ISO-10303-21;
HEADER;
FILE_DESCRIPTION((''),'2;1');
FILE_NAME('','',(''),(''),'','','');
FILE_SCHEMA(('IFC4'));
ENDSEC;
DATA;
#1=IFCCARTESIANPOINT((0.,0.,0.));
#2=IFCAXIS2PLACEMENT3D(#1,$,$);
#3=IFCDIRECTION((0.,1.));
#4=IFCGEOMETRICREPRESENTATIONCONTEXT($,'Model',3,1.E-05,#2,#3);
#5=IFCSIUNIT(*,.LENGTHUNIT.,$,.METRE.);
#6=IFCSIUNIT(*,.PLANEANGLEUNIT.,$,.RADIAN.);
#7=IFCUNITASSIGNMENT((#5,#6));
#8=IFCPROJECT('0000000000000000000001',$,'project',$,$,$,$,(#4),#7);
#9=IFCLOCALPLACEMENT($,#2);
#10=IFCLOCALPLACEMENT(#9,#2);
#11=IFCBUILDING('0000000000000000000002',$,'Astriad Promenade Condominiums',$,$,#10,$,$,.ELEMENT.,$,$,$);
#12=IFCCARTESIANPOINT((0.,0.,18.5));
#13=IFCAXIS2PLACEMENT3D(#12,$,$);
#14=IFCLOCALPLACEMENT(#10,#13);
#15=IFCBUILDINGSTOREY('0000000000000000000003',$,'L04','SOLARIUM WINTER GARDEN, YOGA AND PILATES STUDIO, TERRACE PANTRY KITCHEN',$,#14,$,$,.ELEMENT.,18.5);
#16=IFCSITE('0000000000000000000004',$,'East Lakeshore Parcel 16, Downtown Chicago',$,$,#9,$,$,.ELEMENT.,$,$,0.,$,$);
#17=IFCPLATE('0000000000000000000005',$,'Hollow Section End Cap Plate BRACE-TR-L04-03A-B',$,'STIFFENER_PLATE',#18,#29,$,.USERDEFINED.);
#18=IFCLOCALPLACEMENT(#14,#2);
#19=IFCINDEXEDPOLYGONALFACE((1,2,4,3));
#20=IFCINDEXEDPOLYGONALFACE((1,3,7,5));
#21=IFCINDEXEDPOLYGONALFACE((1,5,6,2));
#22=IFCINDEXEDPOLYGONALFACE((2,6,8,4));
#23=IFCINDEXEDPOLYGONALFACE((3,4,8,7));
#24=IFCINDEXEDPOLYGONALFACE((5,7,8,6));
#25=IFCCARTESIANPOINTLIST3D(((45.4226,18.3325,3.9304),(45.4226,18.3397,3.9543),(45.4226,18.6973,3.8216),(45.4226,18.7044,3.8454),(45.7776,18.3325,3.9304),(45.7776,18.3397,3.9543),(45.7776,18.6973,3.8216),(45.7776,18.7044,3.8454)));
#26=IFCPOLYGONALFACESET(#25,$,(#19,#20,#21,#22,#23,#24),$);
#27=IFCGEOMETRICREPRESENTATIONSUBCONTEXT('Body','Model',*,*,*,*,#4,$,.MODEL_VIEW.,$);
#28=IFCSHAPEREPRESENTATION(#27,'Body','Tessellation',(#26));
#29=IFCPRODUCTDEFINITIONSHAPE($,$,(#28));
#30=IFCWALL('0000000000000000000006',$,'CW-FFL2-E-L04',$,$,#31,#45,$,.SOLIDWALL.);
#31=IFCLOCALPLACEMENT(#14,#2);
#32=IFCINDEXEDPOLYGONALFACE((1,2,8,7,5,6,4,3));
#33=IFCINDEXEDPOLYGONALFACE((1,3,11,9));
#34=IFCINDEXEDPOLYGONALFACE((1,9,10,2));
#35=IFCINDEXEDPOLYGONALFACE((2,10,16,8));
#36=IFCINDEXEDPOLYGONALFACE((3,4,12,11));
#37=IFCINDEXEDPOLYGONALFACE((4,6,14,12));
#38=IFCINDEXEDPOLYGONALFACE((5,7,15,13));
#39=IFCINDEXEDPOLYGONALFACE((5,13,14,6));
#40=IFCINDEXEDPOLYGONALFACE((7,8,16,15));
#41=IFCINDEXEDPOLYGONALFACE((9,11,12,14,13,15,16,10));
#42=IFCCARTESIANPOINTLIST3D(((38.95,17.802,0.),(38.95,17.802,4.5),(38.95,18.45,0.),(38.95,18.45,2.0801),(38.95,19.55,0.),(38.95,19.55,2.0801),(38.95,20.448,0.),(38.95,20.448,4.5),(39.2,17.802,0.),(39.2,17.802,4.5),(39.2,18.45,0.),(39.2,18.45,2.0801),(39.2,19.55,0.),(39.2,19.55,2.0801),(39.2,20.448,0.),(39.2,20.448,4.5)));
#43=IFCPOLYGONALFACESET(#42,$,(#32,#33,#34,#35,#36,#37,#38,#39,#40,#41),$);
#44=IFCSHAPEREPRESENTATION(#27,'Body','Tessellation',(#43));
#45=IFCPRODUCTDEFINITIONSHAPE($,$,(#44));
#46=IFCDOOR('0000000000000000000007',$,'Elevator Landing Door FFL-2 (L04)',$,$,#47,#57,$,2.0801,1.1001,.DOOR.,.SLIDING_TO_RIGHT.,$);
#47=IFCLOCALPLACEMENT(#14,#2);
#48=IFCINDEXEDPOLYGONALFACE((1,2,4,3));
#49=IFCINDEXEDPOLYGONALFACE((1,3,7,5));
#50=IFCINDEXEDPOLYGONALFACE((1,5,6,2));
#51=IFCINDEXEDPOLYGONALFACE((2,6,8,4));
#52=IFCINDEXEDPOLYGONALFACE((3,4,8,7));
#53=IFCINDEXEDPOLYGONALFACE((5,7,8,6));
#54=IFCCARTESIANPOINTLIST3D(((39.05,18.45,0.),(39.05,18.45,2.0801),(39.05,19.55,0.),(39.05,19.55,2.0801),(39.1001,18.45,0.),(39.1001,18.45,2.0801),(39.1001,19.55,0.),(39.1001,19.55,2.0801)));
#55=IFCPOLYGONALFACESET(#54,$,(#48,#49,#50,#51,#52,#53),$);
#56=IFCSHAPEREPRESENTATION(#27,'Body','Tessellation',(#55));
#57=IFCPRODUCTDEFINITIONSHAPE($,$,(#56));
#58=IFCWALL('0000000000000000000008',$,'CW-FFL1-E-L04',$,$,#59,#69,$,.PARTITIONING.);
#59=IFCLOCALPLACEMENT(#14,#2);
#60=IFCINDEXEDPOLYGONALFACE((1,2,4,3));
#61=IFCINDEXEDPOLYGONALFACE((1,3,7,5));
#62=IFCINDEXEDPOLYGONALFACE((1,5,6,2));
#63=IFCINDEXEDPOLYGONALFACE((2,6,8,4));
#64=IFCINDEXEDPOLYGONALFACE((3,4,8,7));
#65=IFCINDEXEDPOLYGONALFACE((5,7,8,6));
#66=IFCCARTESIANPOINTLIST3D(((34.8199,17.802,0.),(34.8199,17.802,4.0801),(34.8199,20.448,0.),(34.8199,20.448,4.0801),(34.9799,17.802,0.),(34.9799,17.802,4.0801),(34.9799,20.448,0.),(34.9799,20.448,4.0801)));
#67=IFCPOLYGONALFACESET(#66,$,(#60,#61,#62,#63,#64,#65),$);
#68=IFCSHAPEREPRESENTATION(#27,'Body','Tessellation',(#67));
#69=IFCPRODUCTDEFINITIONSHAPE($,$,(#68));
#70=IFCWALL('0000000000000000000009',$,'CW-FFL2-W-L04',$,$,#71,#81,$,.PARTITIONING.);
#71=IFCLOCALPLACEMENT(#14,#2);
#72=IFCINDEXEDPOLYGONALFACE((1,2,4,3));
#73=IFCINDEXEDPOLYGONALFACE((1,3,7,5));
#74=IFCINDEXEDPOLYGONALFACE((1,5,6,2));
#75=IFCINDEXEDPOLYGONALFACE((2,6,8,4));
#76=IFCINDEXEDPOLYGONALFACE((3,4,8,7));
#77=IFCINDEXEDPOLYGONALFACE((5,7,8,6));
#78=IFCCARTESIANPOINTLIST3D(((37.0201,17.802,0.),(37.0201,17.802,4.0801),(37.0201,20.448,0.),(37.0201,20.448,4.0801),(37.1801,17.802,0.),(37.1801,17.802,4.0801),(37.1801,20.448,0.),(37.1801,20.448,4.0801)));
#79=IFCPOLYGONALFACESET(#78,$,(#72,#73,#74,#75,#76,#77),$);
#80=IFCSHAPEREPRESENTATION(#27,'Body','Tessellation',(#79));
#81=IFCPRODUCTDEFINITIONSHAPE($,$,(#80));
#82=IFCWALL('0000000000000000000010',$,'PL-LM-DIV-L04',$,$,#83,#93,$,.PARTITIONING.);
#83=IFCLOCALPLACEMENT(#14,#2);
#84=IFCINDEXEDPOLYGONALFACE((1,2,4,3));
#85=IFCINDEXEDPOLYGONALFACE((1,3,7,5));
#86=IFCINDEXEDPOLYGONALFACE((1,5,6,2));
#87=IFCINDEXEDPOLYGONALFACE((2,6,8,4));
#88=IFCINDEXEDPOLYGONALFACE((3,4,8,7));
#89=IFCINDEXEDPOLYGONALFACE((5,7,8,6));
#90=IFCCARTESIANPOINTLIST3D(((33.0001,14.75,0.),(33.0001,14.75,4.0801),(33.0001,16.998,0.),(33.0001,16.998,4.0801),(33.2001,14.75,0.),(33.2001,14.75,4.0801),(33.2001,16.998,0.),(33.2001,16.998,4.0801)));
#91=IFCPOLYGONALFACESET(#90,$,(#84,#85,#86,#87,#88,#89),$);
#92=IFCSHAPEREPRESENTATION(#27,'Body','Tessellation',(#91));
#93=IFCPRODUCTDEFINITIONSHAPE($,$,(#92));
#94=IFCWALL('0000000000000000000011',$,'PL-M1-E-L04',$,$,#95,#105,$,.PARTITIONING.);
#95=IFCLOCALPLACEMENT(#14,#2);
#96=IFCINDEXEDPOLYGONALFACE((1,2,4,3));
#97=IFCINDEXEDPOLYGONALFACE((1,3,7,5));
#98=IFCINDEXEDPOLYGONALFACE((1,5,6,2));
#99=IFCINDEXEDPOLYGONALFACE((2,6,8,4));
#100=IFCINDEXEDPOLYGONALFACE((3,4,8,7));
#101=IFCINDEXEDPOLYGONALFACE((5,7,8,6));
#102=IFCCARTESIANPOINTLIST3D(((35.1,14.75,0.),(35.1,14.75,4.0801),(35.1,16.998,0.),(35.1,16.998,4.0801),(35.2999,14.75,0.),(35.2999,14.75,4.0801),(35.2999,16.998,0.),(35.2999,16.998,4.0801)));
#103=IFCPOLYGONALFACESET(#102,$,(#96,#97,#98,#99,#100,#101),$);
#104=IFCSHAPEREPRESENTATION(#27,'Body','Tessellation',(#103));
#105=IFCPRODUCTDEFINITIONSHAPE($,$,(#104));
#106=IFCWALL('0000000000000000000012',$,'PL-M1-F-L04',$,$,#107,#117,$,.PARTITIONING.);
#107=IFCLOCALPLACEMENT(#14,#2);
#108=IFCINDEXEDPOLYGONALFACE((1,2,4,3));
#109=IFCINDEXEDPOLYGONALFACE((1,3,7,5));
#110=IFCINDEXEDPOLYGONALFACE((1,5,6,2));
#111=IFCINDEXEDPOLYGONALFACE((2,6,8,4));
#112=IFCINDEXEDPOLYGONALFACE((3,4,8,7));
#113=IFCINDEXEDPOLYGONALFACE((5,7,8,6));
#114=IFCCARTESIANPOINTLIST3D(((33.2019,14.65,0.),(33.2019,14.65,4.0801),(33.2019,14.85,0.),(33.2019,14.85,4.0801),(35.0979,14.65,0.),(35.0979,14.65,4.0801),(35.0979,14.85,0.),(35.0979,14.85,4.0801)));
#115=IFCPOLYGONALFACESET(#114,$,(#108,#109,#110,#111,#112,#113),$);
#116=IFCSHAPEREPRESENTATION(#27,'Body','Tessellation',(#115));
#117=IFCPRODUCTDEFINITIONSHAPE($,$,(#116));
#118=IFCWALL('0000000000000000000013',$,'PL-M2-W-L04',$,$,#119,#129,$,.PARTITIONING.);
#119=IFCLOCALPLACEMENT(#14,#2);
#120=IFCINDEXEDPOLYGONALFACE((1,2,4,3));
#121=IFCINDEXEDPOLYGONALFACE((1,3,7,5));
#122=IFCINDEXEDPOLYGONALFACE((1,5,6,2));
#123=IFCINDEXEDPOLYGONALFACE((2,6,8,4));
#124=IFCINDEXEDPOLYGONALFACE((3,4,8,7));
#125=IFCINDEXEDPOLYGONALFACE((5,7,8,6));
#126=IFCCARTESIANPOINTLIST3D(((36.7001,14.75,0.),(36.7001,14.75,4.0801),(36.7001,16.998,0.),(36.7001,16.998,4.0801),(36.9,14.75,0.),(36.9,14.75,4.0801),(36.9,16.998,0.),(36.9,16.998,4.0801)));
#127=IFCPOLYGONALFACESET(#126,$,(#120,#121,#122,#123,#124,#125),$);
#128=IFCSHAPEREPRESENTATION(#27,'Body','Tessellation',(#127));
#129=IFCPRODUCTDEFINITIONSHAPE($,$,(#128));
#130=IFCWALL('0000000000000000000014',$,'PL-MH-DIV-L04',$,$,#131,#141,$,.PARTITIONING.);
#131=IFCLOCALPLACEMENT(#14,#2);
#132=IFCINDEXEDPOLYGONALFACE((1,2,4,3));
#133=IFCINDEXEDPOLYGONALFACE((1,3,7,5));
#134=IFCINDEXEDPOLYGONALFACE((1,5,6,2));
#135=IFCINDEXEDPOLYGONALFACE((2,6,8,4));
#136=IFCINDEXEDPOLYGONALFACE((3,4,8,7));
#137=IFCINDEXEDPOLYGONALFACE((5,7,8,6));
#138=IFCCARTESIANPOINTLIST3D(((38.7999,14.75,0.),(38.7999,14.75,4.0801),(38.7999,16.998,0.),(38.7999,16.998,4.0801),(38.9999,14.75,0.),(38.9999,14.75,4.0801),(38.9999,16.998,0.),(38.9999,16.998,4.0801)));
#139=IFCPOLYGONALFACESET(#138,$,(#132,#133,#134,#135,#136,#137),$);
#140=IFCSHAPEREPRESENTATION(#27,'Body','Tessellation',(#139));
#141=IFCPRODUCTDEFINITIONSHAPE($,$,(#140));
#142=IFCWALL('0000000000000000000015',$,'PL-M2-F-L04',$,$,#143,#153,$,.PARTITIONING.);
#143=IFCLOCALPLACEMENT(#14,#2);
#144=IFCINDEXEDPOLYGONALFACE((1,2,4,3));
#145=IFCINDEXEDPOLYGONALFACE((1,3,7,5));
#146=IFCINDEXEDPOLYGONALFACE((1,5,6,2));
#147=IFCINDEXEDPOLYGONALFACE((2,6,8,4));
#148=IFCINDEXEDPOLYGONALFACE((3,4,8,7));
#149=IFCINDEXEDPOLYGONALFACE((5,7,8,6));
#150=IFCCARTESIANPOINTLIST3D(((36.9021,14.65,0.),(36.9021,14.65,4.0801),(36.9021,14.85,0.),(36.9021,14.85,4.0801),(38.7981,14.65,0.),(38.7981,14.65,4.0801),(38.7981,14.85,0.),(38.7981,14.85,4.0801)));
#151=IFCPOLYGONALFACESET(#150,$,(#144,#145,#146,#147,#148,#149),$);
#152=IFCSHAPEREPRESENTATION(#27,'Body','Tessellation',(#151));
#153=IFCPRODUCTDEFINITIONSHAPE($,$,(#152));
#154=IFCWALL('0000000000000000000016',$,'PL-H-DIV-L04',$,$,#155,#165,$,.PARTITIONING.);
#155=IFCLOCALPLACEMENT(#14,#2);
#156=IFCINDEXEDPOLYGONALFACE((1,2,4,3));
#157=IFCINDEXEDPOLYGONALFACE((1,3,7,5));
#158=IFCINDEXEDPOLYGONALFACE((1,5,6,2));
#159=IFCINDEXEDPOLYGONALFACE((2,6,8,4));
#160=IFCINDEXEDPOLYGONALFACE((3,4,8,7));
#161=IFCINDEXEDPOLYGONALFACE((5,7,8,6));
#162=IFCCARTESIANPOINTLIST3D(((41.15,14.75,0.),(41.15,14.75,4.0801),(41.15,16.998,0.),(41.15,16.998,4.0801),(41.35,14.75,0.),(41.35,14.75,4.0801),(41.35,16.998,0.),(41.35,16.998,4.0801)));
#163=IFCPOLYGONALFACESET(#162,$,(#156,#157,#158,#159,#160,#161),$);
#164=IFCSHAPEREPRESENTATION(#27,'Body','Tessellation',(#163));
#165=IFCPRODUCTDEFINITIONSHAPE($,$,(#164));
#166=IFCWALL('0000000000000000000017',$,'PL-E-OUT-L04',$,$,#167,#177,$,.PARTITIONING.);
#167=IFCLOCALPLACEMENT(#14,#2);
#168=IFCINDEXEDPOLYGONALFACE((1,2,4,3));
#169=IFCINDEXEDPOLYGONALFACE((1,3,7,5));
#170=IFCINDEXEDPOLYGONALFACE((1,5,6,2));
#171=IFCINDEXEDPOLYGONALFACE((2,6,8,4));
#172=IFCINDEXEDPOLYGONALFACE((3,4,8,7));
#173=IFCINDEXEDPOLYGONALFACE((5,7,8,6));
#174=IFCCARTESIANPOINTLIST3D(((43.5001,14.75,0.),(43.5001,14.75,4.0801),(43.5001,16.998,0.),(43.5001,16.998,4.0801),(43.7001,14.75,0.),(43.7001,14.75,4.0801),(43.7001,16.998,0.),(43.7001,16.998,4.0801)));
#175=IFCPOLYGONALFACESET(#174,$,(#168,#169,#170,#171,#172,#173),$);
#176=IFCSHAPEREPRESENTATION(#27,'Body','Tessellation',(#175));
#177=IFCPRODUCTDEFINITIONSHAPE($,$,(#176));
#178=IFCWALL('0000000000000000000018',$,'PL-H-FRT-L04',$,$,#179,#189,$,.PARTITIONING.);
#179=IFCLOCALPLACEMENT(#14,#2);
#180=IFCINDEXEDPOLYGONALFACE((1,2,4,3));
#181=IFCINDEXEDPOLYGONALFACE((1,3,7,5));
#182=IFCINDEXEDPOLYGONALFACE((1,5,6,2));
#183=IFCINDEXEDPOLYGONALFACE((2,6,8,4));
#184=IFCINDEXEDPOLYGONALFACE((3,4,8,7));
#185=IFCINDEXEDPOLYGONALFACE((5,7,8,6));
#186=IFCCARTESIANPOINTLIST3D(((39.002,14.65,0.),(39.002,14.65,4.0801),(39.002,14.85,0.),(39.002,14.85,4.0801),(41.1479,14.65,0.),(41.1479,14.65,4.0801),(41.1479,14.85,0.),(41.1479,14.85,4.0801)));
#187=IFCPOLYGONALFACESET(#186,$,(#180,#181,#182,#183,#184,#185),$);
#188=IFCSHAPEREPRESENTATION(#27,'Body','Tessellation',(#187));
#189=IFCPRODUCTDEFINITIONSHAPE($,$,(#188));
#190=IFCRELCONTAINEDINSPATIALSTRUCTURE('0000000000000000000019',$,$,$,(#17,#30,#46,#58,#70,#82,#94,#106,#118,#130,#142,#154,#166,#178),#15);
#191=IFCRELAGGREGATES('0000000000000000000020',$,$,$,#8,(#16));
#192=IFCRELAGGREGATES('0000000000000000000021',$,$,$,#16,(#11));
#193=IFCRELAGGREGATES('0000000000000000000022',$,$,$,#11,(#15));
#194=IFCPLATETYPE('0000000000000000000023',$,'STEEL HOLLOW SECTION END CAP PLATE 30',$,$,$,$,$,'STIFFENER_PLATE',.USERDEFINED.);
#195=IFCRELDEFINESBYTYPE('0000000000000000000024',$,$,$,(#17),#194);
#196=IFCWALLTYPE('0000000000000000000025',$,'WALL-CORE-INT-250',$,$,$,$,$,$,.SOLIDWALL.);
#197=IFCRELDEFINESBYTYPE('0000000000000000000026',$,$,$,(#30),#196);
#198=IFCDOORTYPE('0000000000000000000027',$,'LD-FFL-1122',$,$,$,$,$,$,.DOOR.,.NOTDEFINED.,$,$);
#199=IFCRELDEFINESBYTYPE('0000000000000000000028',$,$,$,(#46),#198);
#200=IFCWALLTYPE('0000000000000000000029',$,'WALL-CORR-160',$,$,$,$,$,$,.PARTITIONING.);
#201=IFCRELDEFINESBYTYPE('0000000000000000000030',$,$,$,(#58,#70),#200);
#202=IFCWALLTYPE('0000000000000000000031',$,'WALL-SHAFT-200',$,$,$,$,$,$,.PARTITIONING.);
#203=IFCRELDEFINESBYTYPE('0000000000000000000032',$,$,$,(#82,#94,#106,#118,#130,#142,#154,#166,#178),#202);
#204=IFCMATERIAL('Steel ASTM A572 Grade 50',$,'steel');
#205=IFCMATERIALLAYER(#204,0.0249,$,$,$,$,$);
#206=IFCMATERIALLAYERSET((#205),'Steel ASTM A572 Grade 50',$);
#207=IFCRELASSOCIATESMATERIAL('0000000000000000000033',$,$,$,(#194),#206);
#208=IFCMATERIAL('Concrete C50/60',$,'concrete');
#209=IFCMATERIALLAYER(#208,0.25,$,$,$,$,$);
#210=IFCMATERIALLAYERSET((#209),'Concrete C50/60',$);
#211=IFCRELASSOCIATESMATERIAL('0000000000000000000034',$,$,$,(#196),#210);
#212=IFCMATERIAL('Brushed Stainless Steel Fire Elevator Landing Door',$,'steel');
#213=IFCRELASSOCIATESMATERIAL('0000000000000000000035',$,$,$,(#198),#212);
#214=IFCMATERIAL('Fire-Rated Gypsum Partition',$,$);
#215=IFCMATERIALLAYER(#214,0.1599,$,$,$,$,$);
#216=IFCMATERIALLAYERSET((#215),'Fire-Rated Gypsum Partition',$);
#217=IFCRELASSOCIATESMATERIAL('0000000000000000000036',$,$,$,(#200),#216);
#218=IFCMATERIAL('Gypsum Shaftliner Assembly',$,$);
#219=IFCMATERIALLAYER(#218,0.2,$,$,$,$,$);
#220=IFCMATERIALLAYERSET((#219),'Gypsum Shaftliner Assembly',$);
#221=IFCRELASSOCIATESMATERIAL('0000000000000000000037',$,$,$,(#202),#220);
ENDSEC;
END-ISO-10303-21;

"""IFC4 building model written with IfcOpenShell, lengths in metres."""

from ifc_helpers import new_model, si_unit, direction, frame, frame_2d, origin, origin_2d, place, context, subcontext, project, spatial, rectangle, extrude, source, transform, mapped, material, layer, layer_set, type_object, type_shapes, element, fill, save


model = new_model("IFC4")

# Units and contexts
model_context = context("Model", 3, precision=1e-05, world=origin(), true_north=direction((0.0, 1.0)))
body_context = subcontext(model_context, "Body", "Model", "MODEL_VIEW")
ifc_project = project(units=[si_unit("LENGTHUNIT", "METRE"), si_unit("PLANEANGLEUNIT", "RADIAN")], contexts=[model_context])

# Site, building, storey
site_placement = place(None, origin())
site = spatial("IfcSite", under=ifc_project, at=site_placement, Name="East Lakeshore Parcel 16, Downtown Chicago", CompositionType="ELEMENT", RefElevation=0.0)
building_placement = place(site_placement, origin())
building = spatial("IfcBuilding", under=site, at=building_placement, Name="Astriad Promenade Condominiums", CompositionType="ELEMENT")
storey_placement = place(building_placement, frame((0.0, 0.0, 18.5)))
storey = spatial("IfcBuildingStorey", under=building, at=storey_placement, Name="L04", Description="SOLARIUM WINTER GARDEN, YOGA AND PILATES STUDIO, TERRACE PANTRY KITCHEN", CompositionType="ELEMENT", Elevation=18.5)

# Plate
ifc_material_1 = material(Name="Steel ASTM A572 Grade 50", Category="steel")
ifc_layer_1 = layer(ifc_material_1, 0.0249)
ifc_layer_set_1 = layer_set([ifc_layer_1], Name="Steel ASTM A572 Grade 50")
plate_type = type_object("IfcPlateType", Name="STEEL HOLLOW SECTION END CAP PLATE 30", ElementType="STIFFENER_PLATE", PredefinedType="USERDEFINED", material=ifc_layer_set_1)
shared_shape_1 = source(origin(), body_context, "Body", "SweptSolid", [
    extrude(rectangle(XDim=0.355, YDim=0.3806, at=origin_2d()), origin(), (0.0, 0.0, 1.0), 0.0249),
])
type_shapes(plate_type, [shared_shape_1])
for number, where, z_axis, x_axis, name in (
    (1, (45.6001, 18.5149, 3.876), (0.0, 0.285974, 0.958237), (1.0, 0.0, 0.0), "Hollow Section End Cap Plate BRACE-TR-L04-03A-B"),
):
    element("IfcPlate", number, at=place(storey_placement, frame(where, z_axis=z_axis, x_axis=x_axis)), inside=storey, type_object=plate_type, Name=name, ObjectType="STIFFENER_PLATE", PredefinedType="USERDEFINED", context=body_context, shape_type="MappedRepresentation", body=[
        mapped(shared_shape_1, transform((0.0, 0.0, 0.0), scale=1.0)),
    ])

# Wall, opening, door
ifc_material_2 = material(Name="Concrete C50/60", Category="concrete")
ifc_layer_2 = layer(ifc_material_2, 0.25)
ifc_layer_set_2 = layer_set([ifc_layer_2], Name="Concrete C50/60")
wall_type_1 = type_object("IfcWallType", Name="WALL-CORE-INT-250", PredefinedType="SOLIDWALL", material=ifc_layer_set_2)
wall_1_placement = place(storey_placement, frame((39.075, 17.802, 0.0), z_axis=(0.0, 0.0, 1.0), x_axis=(0.0, 1.0, 0.0)))
wall_1 = element("IfcWall", 2, at=wall_1_placement, inside=storey, type_object=wall_type_1, Name="CW-FFL2-E-L04", PredefinedType="SOLIDWALL", context=body_context, shape_type="SweptSolid", body=[
    extrude(rectangle(XDim=2.646, YDim=0.25, at=frame_2d((1.323, 0.0))), origin(), (0.0, 0.0, 1.0), 4.5),
])
opening_placement = place(wall_1_placement, frame((0.6479, 0.0, 0.0)))
opening = element("IfcOpeningElement", 3, at=opening_placement, cuts=wall_1, PredefinedType="OPENING", context=body_context, shape_type="SweptSolid", body=[
    extrude(rectangle(XDim=1.1001, YDim=2.0801, at=frame_2d((0.55, 1.04))), frame((0.0, 0.135, 0.0), z_axis=(0.0, -1.0, 0.0), x_axis=(1.0, 0.0, 0.0)), (0.0, 0.0, 1.0), 0.27),
])
ifc_material_3 = material(Name="Brushed Stainless Steel Fire Elevator Landing Door", Category="steel")
door_type = type_object("IfcDoorType", Name="LD-FFL-1122", OperationType="NOTDEFINED", PredefinedType="DOOR", material=ifc_material_3)
shared_shape_2 = source(origin(), body_context, "Body", "SweptSolid", [
    extrude(rectangle(XDim=1.1001, YDim=2.0801, at=frame_2d((0.55, 1.04))), frame((0.0, 0.0249, 0.0), z_axis=(0.0, -1.0, 0.0), x_axis=(1.0, 0.0, 0.0)), (0.0, 0.0, 1.0), 0.05),
])
type_shapes(door_type, [shared_shape_2])
door_placement = place(opening_placement, origin())
door = element("IfcDoor", 4, at=door_placement, inside=storey, type_object=door_type, Name="Elevator Landing Door FFL-2 (L04)", OperationType="SLIDING_TO_RIGHT", OverallHeight=2.0801, OverallWidth=1.1001, PredefinedType="DOOR", context=body_context, shape_type="MappedRepresentation", body=[
    mapped(shared_shape_2, transform((0.0, 0.0, 0.0), scale=1.0)),
])
fill(opening, door)

# Walls
ifc_material_4 = material(Name="Fire-Rated Gypsum Partition")
ifc_layer_3 = layer(ifc_material_4, 0.1599)
ifc_layer_set_3 = layer_set([ifc_layer_3], Name="Fire-Rated Gypsum Partition")
wall_type_2 = type_object("IfcWallType", Name="WALL-CORR-160", PredefinedType="PARTITIONING", material=ifc_layer_set_3)
for number, where, z_axis, x_axis, name in (
    (5, (34.8999, 17.802, 0.0), (0.0, 0.0, 1.0), (0.0, 1.0, 0.0), "CW-FFL1-E-L04"),
    (6, (37.1001, 17.802, 0.0), (0.0, 0.0, 1.0), (0.0, 1.0, 0.0), "CW-FFL2-W-L04"),
):
    element("IfcWall", number, at=place(storey_placement, frame(where, z_axis=z_axis, x_axis=x_axis)), inside=storey, type_object=wall_type_2, Name=name, PredefinedType="PARTITIONING", context=body_context, shape_type="SweptSolid", body=[
        extrude(rectangle(XDim=2.646, YDim=0.1599, at=frame_2d((1.323, 0.0))), origin(), (0.0, 0.0, 1.0), 4.0801),
    ])
ifc_material_5 = material(Name="Gypsum Shaftliner Assembly")
ifc_layer_4 = layer(ifc_material_5, 0.2)
ifc_layer_set_4 = layer_set([ifc_layer_4], Name="Gypsum Shaftliner Assembly")
wall_type_3 = type_object("IfcWallType", Name="WALL-SHAFT-200", PredefinedType="PARTITIONING", material=ifc_layer_set_4)
for number, where, z_axis, x_axis, name in (
    (7, (33.1001, 14.75, 0.0), (0.0, 0.0, 1.0), (0.0, 1.0, 0.0), "PL-LM-DIV-L04"),
    (8, (35.2, 14.75, 0.0), (0.0, 0.0, 1.0), (0.0, 1.0, 0.0), "PL-M1-E-L04"),
):
    element("IfcWall", number, at=place(storey_placement, frame(where, z_axis=z_axis, x_axis=x_axis)), inside=storey, type_object=wall_type_3, Name=name, PredefinedType="PARTITIONING", context=body_context, shape_type="SweptSolid", body=[
        extrude(rectangle(XDim=2.248, YDim=0.2, at=frame_2d((1.124, 0.0))), origin(), (0.0, 0.0, 1.0), 4.0801),
    ])
wall_2_placement = place(storey_placement, frame((33.2019, 14.75, 0.0), z_axis=(0.0, 0.0, 1.0), x_axis=(1.0, 0.0, 0.0)))
element("IfcWall", 9, at=wall_2_placement, inside=storey, type_object=wall_type_3, Name="PL-M1-F-L04", PredefinedType="PARTITIONING", context=body_context, shape_type="SweptSolid", body=[
    extrude(rectangle(XDim=1.896, YDim=0.2, at=frame_2d((0.948, 0.0))), origin(), (0.0, 0.0, 1.0), 4.0801),
])
for number, where, z_axis, x_axis, name in (
    (10, (36.8, 14.75, 0.0), (0.0, 0.0, 1.0), (0.0, 1.0, 0.0), "PL-M2-W-L04"),
    (11, (38.8999, 14.75, 0.0), (0.0, 0.0, 1.0), (0.0, 1.0, 0.0), "PL-MH-DIV-L04"),
):
    element("IfcWall", number, at=place(storey_placement, frame(where, z_axis=z_axis, x_axis=x_axis)), inside=storey, type_object=wall_type_3, Name=name, PredefinedType="PARTITIONING", context=body_context, shape_type="SweptSolid", body=[
        extrude(rectangle(XDim=2.248, YDim=0.2, at=frame_2d((1.124, 0.0))), origin(), (0.0, 0.0, 1.0), 4.0801),
    ])
wall_3_placement = place(storey_placement, frame((36.9021, 14.75, 0.0), z_axis=(0.0, 0.0, 1.0), x_axis=(1.0, 0.0, 0.0)))
element("IfcWall", 12, at=wall_3_placement, inside=storey, type_object=wall_type_3, Name="PL-M2-F-L04", PredefinedType="PARTITIONING", context=body_context, shape_type="SweptSolid", body=[
    extrude(rectangle(XDim=1.896, YDim=0.2, at=frame_2d((0.948, 0.0))), origin(), (0.0, 0.0, 1.0), 4.0801),
])
for number, where, z_axis, x_axis, name in (
    (13, (41.25, 14.75, 0.0), (0.0, 0.0, 1.0), (0.0, 1.0, 0.0), "PL-H-DIV-L04"),
    (14, (43.6001, 14.75, 0.0), (0.0, 0.0, 1.0), (0.0, 1.0, 0.0), "PL-E-OUT-L04"),
):
    element("IfcWall", number, at=place(storey_placement, frame(where, z_axis=z_axis, x_axis=x_axis)), inside=storey, type_object=wall_type_3, Name=name, PredefinedType="PARTITIONING", context=body_context, shape_type="SweptSolid", body=[
        extrude(rectangle(XDim=2.248, YDim=0.2, at=frame_2d((1.124, 0.0))), origin(), (0.0, 0.0, 1.0), 4.0801),
    ])
for number, where, z_axis, x_axis, name in (
    (15, (39.002, 14.75, 0.0), (0.0, 0.0, 1.0), (1.0, 0.0, 0.0), "PL-H-FRT-L04"),
):
    element("IfcWall", number, at=place(storey_placement, frame(where, z_axis=z_axis, x_axis=x_axis)), inside=storey, type_object=wall_type_3, Name=name, PredefinedType="PARTITIONING", context=body_context, shape_type="SweptSolid", body=[
        extrude(rectangle(XDim=2.146, YDim=0.2, at=frame_2d((1.073, 0.0))), origin(), (0.0, 0.0, 1.0), 4.0801),
    ])

save(model, "model.ifc")
